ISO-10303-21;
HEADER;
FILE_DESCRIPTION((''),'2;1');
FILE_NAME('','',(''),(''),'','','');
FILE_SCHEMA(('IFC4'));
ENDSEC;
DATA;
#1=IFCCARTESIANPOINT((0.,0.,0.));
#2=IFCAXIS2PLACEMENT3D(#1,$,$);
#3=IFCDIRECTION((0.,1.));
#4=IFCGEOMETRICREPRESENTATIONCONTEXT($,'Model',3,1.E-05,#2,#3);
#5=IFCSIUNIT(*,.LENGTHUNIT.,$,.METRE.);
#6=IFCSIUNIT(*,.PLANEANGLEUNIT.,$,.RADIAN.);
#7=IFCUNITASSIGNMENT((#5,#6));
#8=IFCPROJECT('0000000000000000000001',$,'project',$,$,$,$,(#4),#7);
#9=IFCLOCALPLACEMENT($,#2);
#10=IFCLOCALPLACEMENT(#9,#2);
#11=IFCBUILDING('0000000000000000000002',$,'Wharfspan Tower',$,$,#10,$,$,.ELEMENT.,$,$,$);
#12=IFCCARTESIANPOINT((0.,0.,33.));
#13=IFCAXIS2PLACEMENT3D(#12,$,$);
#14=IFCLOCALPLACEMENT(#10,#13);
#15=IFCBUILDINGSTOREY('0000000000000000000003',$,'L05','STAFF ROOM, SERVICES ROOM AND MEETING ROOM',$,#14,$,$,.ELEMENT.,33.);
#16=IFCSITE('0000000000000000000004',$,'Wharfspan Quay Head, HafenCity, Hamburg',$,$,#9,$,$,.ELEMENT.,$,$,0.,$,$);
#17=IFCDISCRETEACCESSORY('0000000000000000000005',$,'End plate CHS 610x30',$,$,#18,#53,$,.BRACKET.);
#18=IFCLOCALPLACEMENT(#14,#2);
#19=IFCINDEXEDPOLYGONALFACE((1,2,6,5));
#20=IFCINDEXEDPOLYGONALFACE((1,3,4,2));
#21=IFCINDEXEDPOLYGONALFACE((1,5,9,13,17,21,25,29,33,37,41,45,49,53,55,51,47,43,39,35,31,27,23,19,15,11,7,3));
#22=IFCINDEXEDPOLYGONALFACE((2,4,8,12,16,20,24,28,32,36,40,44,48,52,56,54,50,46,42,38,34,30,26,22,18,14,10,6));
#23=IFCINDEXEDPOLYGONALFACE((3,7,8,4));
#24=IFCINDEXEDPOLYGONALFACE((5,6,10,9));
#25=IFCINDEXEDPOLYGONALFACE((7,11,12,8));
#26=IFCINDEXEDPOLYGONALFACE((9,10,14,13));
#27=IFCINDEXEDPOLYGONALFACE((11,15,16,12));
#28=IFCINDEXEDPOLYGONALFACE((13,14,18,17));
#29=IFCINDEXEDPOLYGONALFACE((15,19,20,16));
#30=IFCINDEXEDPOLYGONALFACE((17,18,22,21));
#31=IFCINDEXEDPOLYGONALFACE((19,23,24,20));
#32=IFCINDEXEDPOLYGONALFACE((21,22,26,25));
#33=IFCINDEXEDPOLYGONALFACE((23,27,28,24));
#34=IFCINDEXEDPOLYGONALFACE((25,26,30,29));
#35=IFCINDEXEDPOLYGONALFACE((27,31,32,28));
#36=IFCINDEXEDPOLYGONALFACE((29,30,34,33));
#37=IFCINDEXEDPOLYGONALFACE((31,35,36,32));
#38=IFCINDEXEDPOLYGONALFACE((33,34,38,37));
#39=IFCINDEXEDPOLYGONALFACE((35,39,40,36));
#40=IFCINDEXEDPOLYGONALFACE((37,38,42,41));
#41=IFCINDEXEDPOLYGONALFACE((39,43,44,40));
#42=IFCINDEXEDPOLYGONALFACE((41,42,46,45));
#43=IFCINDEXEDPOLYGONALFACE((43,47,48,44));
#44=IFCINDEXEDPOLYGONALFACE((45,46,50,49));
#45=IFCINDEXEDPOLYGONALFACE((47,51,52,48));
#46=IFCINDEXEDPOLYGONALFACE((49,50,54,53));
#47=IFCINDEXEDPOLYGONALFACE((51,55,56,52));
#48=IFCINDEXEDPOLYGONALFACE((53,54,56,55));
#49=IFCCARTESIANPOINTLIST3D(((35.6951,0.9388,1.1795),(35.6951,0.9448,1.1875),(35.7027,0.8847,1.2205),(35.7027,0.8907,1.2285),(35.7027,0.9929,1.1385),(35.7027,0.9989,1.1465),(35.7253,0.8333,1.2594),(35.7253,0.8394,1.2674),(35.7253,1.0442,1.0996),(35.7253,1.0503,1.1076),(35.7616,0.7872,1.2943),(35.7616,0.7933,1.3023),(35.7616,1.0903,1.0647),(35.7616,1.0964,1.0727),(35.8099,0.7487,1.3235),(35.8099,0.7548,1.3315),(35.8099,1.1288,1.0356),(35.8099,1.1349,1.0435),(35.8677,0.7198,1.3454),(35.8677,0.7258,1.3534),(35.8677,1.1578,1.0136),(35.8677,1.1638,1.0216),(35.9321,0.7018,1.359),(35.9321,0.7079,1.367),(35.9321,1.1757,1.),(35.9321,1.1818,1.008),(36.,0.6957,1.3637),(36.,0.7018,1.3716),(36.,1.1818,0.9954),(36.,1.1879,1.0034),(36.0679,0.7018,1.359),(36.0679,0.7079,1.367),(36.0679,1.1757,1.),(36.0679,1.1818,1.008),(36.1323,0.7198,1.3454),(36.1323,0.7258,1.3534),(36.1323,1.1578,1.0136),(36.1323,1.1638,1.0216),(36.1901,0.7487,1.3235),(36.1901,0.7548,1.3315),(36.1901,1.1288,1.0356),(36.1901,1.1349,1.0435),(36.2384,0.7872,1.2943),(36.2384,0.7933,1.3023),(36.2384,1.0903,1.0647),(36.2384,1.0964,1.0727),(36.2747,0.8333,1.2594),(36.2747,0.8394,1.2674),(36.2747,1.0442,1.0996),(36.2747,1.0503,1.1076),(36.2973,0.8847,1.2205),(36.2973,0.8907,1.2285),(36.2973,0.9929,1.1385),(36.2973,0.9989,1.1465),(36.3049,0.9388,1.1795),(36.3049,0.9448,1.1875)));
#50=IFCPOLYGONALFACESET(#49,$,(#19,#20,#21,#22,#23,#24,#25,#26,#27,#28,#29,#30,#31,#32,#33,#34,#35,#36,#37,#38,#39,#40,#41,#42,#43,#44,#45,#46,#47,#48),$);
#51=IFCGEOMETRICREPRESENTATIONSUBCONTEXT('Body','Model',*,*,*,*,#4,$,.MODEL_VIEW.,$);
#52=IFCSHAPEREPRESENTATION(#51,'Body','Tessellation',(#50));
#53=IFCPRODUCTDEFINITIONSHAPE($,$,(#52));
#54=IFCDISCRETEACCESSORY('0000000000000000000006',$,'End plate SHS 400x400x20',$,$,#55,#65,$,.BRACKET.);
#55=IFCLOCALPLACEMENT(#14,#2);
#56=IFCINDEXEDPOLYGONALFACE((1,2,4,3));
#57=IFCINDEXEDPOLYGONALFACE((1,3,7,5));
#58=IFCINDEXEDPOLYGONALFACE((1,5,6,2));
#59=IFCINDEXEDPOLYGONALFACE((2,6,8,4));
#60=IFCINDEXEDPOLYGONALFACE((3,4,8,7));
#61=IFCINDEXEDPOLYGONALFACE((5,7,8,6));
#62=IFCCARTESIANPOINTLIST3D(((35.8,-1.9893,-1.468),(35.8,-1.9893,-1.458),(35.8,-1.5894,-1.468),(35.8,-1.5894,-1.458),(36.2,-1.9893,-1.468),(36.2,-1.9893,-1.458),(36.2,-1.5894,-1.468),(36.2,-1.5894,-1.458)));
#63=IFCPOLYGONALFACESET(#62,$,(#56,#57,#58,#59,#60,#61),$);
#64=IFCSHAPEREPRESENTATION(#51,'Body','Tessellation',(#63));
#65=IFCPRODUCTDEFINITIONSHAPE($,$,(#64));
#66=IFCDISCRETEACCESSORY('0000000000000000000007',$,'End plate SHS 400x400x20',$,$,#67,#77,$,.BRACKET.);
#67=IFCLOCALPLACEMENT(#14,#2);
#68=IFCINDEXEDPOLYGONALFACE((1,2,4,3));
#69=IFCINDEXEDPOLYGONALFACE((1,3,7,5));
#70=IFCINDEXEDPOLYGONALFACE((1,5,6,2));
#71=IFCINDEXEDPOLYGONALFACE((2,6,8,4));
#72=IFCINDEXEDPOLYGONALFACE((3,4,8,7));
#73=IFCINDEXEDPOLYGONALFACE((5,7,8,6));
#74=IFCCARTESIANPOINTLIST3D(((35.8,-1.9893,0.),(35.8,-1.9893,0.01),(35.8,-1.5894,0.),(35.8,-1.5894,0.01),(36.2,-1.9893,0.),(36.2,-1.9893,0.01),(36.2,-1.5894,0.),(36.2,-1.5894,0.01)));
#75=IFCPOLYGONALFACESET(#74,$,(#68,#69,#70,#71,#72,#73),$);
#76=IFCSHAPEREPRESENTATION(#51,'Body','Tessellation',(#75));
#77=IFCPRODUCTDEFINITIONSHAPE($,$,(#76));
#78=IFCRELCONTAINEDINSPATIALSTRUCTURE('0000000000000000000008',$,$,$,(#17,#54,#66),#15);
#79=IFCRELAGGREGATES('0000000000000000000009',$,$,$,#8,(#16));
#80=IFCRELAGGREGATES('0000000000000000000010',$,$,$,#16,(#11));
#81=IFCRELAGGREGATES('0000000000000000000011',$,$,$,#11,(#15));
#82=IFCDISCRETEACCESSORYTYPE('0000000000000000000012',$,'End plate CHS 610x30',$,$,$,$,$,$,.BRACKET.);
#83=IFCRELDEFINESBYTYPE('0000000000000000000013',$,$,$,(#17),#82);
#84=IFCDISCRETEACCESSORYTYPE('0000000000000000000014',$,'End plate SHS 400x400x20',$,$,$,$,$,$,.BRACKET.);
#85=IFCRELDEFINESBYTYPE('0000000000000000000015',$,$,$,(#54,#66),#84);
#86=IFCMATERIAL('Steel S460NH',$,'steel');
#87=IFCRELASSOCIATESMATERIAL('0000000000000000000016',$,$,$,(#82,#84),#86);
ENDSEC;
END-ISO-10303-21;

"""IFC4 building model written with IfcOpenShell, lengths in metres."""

from ifc_helpers import new_model, si_unit, direction, frame, origin, origin_2d, place, context, subcontext, project, spatial, rectangle, circle, extrude, material, material_profile, profile_set, type_object, element, save


model = new_model("IFC4")

# Units and contexts
model_context = context("Model", 3, precision=1e-05, world=origin(), true_north=direction((0.0, 1.0)))
body_context = subcontext(model_context, "Body", "Model", "MODEL_VIEW")
ifc_project = project(units=[si_unit("LENGTHUNIT", "METRE"), si_unit("PLANEANGLEUNIT", "RADIAN")], contexts=[model_context])

# Site, building, storey
site_placement = place(None, origin())
site = spatial("IfcSite", under=ifc_project, at=site_placement, Name="Wharfspan Quay Head, HafenCity, Hamburg", CompositionType="ELEMENT", RefElevation=0.0)
building_placement = place(site_placement, origin())
building = spatial("IfcBuilding", under=site, at=building_placement, Name="Wharfspan Tower", CompositionType="ELEMENT")
storey_placement = place(building_placement, frame((0.0, 0.0, 33.0)))
storey = spatial("IfcBuildingStorey", under=building, at=storey_placement, Name="L05", Description="STAFF ROOM, SERVICES ROOM AND MEETING ROOM", CompositionType="ELEMENT", Elevation=33.0)

# Shared definitions
ifc_material_1 = material(Name="Steel S460NH", Category="steel")

# Discrete accessories
ifc_material_profile_1 = material_profile(ifc_material_1, circle(Radius=0.3049, at=origin_2d()))
ifc_profile_set_1 = profile_set([ifc_material_profile_1], Name="Steel S460NH")
discrete_accessory_type_1 = type_object("IfcDiscreteAccessoryType", Name="End plate CHS 610x30", PredefinedType="BRACKET", material=ifc_profile_set_1)
for number, where, z_axis, x_axis, name in (
    (1, (36.0, 0.9448, 1.1875), (0.0, -0.603858, -0.797092), (1.0, 0.0, 0.0), "End plate CHS 610x30"),
):
    element("IfcDiscreteAccessory", number, at=place(storey_placement, frame(where, z_axis=z_axis, x_axis=x_axis)), inside=storey, type_object=discrete_accessory_type_1, Name=name, PredefinedType="BRACKET", context=body_context, shape_type="SweptSolid", body=[
        extrude(circle(Radius=0.3049, at=origin_2d()), origin(), (0.0, 0.0, 1.0), 0.01),
    ])
ifc_material_profile_2 = material_profile(ifc_material_1, rectangle(XDim=0.3999, YDim=0.3999, at=origin_2d()))
ifc_profile_set_2 = profile_set([ifc_material_profile_2], Name="Steel S460NH")
discrete_accessory_type_2 = type_object("IfcDiscreteAccessoryType", Name="End plate SHS 400x400x20", PredefinedType="BRACKET", material=ifc_profile_set_2)
for number, where, z_axis, x_axis, name in (
    (2, (36.0, -1.7893, -1.468), (0.0, 0.0, 1.0), (1.0, 0.0, 0.0), "End plate SHS 400x400x20"),
    (3, (36.0, -1.7893, 0.0), (0.0, 0.0, 1.0), (1.0, 0.0, 0.0), "End plate SHS 400x400x20"),
):
    element("IfcDiscreteAccessory", number, at=place(storey_placement, frame(where, z_axis=z_axis, x_axis=x_axis)), inside=storey, type_object=discrete_accessory_type_2, Name=name, PredefinedType="BRACKET", context=body_context, shape_type="SweptSolid", body=[
        extrude(rectangle(XDim=0.3999, YDim=0.3999, at=origin_2d()), origin(), (0.0, 0.0, 1.0), 0.01),
    ])

save(model, "model.ifc")
